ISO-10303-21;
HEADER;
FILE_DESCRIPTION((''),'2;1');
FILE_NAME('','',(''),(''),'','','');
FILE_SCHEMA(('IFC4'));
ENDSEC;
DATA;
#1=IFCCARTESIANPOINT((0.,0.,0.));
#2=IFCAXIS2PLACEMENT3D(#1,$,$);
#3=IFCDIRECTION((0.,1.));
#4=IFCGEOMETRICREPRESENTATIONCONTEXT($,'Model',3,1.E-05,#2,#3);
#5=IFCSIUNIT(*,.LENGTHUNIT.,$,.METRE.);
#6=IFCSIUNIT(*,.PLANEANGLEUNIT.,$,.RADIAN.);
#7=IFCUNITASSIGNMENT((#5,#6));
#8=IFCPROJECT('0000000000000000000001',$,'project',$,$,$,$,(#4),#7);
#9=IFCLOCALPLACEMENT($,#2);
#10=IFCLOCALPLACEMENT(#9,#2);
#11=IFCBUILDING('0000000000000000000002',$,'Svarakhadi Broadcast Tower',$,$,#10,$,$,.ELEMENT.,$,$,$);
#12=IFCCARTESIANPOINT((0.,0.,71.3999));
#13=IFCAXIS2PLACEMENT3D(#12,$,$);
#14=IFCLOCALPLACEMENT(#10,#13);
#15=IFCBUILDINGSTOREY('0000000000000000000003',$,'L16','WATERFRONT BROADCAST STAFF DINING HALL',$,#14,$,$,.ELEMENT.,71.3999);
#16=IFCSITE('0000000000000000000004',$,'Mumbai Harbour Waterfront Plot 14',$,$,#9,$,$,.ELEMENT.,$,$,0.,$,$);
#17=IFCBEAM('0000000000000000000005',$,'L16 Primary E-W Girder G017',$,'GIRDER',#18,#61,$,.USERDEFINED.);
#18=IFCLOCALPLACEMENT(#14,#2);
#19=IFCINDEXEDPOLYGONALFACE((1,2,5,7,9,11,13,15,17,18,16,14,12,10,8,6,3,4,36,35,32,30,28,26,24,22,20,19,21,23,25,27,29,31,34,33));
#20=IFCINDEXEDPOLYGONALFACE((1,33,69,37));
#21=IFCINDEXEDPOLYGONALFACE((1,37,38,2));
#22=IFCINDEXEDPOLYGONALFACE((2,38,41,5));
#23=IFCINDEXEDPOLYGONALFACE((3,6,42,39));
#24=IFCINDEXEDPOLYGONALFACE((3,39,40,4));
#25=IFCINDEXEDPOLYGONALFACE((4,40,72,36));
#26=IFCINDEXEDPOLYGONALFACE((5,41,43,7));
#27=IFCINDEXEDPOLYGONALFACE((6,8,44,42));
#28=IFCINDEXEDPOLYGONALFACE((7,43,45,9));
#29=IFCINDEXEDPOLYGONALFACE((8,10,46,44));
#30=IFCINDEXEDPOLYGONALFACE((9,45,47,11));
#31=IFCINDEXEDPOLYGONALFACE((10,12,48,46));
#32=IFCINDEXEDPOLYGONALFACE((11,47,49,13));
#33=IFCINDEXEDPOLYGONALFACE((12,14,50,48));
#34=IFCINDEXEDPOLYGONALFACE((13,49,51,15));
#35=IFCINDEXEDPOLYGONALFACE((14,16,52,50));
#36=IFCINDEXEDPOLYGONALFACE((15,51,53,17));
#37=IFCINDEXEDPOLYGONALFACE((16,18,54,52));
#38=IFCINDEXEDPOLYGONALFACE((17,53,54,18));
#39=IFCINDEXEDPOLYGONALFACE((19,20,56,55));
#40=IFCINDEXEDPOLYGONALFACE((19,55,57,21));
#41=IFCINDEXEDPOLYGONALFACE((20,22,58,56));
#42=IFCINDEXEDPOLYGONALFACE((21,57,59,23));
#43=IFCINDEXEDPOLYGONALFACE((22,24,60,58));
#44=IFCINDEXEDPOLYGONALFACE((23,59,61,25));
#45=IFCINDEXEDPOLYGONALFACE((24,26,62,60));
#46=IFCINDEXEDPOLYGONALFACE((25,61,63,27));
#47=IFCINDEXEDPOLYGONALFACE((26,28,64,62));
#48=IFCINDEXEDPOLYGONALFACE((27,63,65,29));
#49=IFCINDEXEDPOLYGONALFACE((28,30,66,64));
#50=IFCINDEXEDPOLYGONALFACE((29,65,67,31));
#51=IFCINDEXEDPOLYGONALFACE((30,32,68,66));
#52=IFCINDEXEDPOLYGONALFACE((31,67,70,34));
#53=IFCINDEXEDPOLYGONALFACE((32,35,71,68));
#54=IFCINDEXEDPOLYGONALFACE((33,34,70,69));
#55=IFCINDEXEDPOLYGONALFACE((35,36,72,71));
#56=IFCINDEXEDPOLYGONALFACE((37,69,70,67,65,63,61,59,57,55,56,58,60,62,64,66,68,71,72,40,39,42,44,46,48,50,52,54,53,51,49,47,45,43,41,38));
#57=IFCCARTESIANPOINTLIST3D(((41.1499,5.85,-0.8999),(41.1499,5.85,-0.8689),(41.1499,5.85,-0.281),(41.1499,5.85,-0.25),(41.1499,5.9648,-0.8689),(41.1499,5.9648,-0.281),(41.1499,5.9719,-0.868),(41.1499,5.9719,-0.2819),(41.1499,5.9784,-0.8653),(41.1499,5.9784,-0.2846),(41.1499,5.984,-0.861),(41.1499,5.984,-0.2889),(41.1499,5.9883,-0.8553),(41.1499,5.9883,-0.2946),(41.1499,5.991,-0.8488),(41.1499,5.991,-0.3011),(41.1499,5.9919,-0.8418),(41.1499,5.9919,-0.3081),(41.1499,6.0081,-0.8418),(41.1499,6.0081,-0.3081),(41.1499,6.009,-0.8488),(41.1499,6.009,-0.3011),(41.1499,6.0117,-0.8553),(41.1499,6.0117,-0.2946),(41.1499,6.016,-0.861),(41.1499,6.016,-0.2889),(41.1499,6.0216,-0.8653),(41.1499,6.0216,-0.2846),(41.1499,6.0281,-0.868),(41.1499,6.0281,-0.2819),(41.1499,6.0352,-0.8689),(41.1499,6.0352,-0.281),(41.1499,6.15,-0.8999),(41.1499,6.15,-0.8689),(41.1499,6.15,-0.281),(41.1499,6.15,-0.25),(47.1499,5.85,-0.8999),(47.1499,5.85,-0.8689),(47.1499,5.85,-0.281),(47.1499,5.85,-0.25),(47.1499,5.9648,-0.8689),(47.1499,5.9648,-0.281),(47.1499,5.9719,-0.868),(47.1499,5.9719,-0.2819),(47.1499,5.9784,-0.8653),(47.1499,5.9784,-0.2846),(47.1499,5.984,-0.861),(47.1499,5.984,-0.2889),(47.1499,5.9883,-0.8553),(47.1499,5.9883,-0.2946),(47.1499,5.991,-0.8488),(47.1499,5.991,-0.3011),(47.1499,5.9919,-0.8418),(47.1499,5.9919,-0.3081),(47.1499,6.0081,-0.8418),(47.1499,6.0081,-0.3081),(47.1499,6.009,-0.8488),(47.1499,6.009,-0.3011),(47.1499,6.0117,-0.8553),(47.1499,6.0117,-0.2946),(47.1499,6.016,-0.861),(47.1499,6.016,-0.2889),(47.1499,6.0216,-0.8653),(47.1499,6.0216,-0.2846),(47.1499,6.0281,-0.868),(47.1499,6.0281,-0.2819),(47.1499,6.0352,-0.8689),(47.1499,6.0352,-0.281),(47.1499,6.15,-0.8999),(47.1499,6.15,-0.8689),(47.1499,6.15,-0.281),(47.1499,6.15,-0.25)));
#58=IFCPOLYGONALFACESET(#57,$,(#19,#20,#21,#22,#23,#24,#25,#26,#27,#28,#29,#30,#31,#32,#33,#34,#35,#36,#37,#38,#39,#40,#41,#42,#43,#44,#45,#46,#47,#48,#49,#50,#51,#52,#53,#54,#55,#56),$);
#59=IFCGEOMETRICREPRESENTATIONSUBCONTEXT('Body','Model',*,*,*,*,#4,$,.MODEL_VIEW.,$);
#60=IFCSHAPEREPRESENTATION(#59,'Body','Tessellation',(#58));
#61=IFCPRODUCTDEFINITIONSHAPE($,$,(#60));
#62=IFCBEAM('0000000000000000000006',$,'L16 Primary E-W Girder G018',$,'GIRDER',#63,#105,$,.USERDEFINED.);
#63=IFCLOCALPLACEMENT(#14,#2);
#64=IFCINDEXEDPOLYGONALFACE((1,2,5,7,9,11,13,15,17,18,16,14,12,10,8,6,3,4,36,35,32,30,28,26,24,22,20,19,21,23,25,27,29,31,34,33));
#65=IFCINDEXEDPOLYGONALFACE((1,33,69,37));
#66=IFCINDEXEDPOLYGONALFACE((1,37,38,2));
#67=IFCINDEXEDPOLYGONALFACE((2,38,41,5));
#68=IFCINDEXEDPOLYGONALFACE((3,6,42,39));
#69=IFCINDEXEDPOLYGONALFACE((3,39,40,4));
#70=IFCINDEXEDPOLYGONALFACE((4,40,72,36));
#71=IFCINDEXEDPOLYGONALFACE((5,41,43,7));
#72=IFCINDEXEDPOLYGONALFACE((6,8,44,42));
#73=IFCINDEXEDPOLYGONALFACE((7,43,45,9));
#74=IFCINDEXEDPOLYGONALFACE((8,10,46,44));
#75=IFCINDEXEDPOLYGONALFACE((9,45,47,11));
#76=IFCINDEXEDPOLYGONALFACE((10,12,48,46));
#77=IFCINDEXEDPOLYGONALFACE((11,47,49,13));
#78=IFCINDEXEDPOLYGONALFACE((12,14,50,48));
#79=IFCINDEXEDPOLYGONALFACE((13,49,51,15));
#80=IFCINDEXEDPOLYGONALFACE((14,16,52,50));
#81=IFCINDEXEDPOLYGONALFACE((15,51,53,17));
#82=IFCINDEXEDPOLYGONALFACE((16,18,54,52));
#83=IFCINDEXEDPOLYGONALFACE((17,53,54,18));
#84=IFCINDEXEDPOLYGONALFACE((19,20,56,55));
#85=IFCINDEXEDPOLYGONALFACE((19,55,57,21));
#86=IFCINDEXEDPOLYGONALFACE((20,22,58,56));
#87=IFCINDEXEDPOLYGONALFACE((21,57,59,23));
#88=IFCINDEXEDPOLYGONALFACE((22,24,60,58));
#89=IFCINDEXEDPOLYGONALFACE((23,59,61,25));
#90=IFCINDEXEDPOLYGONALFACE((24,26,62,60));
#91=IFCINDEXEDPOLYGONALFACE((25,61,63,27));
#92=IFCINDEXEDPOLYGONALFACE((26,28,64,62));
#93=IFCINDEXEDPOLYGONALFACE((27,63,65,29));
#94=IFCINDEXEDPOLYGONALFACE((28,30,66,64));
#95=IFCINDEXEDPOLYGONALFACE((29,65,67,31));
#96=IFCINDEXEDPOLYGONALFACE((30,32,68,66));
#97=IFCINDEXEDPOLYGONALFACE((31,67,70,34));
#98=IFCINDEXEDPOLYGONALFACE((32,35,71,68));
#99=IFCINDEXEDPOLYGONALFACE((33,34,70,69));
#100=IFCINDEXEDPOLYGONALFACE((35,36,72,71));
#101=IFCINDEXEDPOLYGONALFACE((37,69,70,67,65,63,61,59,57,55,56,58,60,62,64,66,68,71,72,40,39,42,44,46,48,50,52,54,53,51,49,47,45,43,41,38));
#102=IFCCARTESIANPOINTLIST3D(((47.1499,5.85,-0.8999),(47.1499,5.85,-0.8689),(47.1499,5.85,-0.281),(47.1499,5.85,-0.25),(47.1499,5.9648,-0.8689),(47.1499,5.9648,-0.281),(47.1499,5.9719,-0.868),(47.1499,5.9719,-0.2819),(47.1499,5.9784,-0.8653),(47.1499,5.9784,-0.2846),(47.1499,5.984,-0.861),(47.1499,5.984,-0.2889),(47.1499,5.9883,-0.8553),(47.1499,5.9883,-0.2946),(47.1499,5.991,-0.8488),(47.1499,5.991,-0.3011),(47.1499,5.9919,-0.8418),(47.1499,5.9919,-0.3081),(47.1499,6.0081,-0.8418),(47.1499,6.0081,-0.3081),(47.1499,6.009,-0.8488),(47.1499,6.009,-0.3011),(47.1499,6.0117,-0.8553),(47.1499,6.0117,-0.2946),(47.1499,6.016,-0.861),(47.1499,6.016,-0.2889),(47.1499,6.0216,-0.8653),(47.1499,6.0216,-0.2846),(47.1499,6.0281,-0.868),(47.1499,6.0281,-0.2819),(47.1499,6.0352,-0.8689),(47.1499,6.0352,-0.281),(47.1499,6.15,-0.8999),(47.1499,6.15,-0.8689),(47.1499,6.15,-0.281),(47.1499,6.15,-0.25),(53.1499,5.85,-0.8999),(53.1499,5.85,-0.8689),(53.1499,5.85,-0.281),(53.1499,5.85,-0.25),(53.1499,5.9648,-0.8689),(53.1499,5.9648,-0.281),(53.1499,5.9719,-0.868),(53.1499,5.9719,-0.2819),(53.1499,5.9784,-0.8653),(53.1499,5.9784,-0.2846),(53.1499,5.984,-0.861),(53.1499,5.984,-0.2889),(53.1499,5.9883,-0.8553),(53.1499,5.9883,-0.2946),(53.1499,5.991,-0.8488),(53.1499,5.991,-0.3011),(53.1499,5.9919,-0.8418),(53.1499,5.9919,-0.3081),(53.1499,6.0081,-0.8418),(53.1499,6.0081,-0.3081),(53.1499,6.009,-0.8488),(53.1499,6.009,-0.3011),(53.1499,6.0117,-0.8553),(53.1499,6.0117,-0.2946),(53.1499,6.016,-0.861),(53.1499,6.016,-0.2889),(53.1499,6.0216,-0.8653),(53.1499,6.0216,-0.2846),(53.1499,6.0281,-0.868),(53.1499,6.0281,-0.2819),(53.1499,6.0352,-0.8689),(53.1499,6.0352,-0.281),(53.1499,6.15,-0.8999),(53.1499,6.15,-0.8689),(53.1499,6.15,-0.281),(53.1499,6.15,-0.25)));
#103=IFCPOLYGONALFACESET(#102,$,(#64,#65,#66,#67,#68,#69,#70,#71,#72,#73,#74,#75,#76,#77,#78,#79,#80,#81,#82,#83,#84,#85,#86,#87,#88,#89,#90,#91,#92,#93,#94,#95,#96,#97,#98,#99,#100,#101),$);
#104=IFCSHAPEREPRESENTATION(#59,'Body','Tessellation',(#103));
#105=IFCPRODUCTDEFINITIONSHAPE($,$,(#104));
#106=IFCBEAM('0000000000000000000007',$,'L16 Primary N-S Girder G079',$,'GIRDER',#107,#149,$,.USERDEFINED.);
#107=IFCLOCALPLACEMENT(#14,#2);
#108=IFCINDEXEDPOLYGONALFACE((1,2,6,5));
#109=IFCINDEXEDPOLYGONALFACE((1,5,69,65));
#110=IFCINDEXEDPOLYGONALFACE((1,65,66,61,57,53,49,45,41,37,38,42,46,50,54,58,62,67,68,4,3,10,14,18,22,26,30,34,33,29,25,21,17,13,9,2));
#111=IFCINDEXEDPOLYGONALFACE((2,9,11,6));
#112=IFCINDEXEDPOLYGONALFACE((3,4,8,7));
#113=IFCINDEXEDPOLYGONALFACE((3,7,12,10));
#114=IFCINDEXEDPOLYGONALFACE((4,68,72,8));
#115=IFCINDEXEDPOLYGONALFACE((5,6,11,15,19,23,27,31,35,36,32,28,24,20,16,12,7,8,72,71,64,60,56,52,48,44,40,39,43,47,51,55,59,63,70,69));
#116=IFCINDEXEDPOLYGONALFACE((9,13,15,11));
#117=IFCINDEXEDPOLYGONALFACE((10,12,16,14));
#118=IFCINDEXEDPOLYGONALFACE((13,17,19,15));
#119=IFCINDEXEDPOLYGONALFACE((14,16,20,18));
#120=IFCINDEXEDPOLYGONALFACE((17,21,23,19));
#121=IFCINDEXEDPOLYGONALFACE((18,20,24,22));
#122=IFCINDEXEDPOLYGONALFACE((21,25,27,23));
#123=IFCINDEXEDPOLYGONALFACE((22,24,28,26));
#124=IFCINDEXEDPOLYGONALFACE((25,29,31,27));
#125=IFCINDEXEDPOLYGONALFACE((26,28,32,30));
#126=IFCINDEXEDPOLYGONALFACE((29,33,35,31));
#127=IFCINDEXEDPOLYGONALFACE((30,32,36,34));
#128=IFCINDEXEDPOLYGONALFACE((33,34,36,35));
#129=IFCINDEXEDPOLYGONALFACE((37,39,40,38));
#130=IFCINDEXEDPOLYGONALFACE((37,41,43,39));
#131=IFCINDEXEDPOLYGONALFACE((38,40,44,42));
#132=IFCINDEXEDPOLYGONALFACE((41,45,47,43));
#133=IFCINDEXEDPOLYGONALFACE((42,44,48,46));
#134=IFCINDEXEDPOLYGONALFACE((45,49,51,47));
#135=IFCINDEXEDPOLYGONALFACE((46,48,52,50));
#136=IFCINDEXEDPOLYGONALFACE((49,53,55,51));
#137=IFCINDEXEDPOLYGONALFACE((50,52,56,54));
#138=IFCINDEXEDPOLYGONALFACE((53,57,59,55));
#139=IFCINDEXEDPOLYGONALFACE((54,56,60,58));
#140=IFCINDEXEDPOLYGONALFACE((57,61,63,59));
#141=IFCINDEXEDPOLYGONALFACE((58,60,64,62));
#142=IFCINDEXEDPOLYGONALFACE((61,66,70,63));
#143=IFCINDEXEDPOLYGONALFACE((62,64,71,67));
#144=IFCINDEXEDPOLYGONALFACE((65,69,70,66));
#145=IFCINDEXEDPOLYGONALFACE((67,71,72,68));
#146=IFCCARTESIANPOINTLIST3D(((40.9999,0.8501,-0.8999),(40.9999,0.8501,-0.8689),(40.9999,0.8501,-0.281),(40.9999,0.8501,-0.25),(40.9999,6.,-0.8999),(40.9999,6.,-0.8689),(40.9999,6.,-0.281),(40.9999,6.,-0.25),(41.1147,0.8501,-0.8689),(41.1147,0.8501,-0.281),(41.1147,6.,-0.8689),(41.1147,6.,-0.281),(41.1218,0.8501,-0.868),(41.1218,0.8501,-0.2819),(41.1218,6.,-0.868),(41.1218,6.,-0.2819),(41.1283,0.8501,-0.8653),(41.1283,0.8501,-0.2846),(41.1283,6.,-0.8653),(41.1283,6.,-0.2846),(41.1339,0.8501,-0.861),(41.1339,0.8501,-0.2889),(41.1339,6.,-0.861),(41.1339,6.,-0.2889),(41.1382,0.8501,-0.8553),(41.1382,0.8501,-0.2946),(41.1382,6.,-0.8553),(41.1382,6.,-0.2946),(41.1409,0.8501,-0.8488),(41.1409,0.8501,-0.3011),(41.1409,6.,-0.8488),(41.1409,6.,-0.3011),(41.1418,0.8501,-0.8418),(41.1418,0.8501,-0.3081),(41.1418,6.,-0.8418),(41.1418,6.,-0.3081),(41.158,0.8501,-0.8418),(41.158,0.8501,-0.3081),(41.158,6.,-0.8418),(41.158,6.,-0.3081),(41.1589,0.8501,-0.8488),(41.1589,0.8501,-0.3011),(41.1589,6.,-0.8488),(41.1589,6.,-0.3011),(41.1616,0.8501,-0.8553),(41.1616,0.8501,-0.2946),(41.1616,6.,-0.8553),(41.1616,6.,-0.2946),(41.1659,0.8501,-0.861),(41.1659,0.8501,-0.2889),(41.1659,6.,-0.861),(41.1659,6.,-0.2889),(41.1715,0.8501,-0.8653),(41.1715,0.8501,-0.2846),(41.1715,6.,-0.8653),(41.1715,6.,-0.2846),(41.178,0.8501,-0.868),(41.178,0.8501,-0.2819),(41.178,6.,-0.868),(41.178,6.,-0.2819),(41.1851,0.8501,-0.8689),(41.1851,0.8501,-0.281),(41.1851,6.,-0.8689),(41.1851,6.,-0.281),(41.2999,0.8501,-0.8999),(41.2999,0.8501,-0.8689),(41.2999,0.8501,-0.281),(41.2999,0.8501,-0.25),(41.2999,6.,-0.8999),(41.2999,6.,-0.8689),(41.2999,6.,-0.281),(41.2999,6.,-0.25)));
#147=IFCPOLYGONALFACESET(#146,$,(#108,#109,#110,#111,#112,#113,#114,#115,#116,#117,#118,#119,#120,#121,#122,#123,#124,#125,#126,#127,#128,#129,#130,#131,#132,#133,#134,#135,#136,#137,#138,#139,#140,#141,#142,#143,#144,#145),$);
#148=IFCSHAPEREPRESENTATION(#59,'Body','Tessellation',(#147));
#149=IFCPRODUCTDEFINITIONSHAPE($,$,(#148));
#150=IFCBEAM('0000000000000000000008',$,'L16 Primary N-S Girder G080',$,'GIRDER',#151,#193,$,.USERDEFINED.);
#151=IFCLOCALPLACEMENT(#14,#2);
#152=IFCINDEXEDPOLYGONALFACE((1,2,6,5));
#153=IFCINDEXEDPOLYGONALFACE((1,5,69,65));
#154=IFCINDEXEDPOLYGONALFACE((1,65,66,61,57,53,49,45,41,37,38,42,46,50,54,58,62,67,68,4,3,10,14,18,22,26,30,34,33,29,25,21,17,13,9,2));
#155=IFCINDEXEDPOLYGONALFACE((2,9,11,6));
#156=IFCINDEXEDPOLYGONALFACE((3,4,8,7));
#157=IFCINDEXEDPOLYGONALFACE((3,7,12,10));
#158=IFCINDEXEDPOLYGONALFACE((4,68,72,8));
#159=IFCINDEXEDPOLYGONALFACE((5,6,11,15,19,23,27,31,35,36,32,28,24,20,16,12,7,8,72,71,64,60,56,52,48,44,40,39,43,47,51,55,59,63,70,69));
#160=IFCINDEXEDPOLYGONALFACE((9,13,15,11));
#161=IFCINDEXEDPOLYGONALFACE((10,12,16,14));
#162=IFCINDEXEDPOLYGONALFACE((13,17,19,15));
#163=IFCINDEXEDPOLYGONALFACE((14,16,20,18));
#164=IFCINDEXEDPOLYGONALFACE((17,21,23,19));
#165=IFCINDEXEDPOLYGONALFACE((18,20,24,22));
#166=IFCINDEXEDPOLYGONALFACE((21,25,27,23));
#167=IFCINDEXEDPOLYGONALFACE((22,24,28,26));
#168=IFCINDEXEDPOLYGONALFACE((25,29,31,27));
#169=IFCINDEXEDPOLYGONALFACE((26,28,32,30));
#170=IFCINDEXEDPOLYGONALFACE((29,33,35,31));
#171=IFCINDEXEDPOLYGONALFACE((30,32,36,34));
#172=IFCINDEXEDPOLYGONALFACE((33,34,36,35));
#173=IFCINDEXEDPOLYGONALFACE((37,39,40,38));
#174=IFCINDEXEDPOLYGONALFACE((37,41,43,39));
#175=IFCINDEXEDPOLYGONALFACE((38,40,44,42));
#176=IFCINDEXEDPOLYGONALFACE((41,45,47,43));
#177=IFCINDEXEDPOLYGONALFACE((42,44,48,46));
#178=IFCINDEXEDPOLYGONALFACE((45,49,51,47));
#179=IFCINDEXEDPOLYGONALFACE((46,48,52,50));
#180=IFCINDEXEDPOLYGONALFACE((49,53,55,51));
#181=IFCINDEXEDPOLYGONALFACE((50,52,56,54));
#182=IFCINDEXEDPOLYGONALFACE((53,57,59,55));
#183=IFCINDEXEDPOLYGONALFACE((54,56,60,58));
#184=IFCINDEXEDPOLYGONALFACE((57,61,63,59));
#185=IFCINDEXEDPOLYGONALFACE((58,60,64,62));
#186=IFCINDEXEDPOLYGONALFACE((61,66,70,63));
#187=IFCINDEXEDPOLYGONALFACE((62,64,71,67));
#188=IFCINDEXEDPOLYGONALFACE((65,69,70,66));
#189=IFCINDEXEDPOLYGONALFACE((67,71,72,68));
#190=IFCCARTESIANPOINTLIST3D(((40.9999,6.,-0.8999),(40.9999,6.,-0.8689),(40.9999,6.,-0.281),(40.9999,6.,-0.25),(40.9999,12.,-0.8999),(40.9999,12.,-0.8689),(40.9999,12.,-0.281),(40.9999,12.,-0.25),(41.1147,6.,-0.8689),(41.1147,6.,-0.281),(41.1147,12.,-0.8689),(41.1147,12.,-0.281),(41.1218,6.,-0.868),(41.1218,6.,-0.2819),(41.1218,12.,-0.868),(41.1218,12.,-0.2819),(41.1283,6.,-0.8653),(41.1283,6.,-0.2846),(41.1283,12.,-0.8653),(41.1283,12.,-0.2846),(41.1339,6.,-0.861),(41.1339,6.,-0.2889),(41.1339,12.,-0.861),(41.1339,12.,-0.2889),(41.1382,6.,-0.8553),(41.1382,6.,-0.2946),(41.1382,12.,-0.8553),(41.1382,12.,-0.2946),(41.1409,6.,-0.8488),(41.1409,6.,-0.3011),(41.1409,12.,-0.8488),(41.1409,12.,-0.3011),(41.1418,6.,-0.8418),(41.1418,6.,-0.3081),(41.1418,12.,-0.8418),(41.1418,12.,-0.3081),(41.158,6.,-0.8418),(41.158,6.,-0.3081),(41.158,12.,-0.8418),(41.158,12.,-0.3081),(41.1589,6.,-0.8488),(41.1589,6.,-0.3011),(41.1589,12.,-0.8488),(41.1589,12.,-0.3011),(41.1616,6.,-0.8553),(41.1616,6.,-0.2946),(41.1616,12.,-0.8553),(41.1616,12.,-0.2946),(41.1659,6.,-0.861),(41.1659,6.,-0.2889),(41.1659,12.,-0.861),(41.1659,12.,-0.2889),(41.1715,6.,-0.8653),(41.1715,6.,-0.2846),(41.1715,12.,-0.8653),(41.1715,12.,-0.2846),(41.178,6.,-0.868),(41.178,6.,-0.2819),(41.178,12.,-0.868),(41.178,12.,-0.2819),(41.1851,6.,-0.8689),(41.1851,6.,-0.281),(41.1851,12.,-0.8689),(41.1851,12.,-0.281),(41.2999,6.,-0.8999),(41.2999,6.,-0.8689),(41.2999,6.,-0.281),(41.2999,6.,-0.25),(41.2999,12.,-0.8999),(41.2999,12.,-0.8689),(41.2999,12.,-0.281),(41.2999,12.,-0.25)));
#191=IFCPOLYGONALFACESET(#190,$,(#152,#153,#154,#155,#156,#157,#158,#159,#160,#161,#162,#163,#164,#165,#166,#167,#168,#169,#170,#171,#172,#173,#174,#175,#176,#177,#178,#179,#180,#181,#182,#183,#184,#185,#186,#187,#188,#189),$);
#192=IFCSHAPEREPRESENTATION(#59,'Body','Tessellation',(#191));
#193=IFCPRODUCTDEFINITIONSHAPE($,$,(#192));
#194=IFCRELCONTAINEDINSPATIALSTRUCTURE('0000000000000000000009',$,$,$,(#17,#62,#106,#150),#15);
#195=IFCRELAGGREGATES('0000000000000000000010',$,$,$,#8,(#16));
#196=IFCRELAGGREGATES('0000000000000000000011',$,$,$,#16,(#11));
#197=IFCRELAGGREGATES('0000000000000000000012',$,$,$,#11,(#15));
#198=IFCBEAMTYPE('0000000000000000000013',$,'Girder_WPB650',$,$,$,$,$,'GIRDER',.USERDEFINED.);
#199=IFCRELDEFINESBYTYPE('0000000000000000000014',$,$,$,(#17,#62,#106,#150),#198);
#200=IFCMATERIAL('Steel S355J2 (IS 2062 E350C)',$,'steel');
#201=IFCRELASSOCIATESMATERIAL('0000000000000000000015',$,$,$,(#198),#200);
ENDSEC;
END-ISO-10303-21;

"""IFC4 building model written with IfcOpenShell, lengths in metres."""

from ifc_helpers import new_model, si_unit, direction, frame, origin, origin_2d, place, context, subcontext, project, spatial, i_section, extrude, material, material_profile, profile_set, type_object, element, save


model = new_model("IFC4")

# Units and contexts
model_context = context("Model", 3, precision=1e-05, world=origin(), true_north=direction((0.0, 1.0)))
body_context = subcontext(model_context, "Body", "Model", "MODEL_VIEW")
ifc_project = project(units=[si_unit("LENGTHUNIT", "METRE"), si_unit("PLANEANGLEUNIT", "RADIAN")], contexts=[model_context])

# Site, building, storey
site_placement = place(None, origin())
site = spatial("IfcSite", under=ifc_project, at=site_placement, Name="Mumbai Harbour Waterfront Plot 14", CompositionType="ELEMENT", RefElevation=0.0)
building_placement = place(site_placement, origin())
building = spatial("IfcBuilding", under=site, at=building_placement, Name="Svarakhadi Broadcast Tower", CompositionType="ELEMENT")
storey_placement = place(building_placement, frame((0.0, 0.0, 71.3999)))
storey = spatial("IfcBuildingStorey", under=building, at=storey_placement, Name="L16", Description="WATERFRONT BROADCAST STAFF DINING HALL", CompositionType="ELEMENT", Elevation=71.3999)

# Beams
ifc_material_1 = material(Name="Steel S355J2 (IS 2062 E350C)", Category="steel")
ifc_material_profile_1 = material_profile(ifc_material_1, i_section(OverallWidth=0.3, OverallDepth=0.6499, WebThickness=0.0161, FlangeThickness=0.031, FilletRadius=0.0271, at=origin_2d()), Name="WPB 650x300x225")
ifc_profile_set_1 = profile_set([ifc_material_profile_1], Name="Steel S355J2 (IS 2062 E350C)")
beam_type_1 = type_object("IfcBeamType", Name="Girder_WPB650", ElementType="GIRDER", PredefinedType="USERDEFINED", material=ifc_profile_set_1)
for number, where, z_axis, x_axis, name in (
    (1, (41.1499, 6.0, -0.575), (1.0, 0.0, 0.0), (0.0, 1.0, 0.0), "L16 Primary E-W Girder G017"),
    (2, (47.1499, 6.0, -0.575), (1.0, 0.0, 0.0), (0.0, 1.0, 0.0), "L16 Primary E-W Girder G018"),
):
    element("IfcBeam", number, at=place(storey_placement, frame(where, z_axis=z_axis, x_axis=x_axis)), inside=storey, type_object=beam_type_1, Name=name, ObjectType="GIRDER", PredefinedType="USERDEFINED", context=body_context, shape_type="SweptSolid", body=[
        extrude(i_section(OverallWidth=0.3, OverallDepth=0.6499, WebThickness=0.0161, FlangeThickness=0.031, FilletRadius=0.0271, at=origin_2d()), origin(), (0.0, 0.0, 1.0), 6.0),
    ])
beam_1_placement = place(storey_placement, frame((41.1499, 0.8501, -0.575), z_axis=(0.0, 1.0, 0.0), x_axis=(-1.0, 0.0, 0.0)))
element("IfcBeam", 3, at=beam_1_placement, inside=storey, type_object=beam_type_1, Name="L16 Primary N-S Girder G079", ObjectType="GIRDER", PredefinedType="USERDEFINED", context=body_context, shape_type="SweptSolid", body=[
    extrude(i_section(OverallWidth=0.3, OverallDepth=0.6499, WebThickness=0.0161, FlangeThickness=0.031, FilletRadius=0.0271, at=origin_2d()), origin(), (0.0, 0.0, 1.0), 5.1499),
])
beam_2_placement = place(storey_placement, frame((41.1499, 6.0, -0.575), z_axis=(0.0, 1.0, 0.0), x_axis=(-1.0, 0.0, 0.0)))
element("IfcBeam", 4, at=beam_2_placement, inside=storey, type_object=beam_type_1, Name="L16 Primary N-S Girder G080", ObjectType="GIRDER", PredefinedType="USERDEFINED", context=body_context, shape_type="SweptSolid", body=[
    extrude(i_section(OverallWidth=0.3, OverallDepth=0.6499, WebThickness=0.0161, FlangeThickness=0.031, FilletRadius=0.0271, at=origin_2d()), origin(), (0.0, 0.0, 1.0), 6.0),
])

save(model, "model.ifc")
